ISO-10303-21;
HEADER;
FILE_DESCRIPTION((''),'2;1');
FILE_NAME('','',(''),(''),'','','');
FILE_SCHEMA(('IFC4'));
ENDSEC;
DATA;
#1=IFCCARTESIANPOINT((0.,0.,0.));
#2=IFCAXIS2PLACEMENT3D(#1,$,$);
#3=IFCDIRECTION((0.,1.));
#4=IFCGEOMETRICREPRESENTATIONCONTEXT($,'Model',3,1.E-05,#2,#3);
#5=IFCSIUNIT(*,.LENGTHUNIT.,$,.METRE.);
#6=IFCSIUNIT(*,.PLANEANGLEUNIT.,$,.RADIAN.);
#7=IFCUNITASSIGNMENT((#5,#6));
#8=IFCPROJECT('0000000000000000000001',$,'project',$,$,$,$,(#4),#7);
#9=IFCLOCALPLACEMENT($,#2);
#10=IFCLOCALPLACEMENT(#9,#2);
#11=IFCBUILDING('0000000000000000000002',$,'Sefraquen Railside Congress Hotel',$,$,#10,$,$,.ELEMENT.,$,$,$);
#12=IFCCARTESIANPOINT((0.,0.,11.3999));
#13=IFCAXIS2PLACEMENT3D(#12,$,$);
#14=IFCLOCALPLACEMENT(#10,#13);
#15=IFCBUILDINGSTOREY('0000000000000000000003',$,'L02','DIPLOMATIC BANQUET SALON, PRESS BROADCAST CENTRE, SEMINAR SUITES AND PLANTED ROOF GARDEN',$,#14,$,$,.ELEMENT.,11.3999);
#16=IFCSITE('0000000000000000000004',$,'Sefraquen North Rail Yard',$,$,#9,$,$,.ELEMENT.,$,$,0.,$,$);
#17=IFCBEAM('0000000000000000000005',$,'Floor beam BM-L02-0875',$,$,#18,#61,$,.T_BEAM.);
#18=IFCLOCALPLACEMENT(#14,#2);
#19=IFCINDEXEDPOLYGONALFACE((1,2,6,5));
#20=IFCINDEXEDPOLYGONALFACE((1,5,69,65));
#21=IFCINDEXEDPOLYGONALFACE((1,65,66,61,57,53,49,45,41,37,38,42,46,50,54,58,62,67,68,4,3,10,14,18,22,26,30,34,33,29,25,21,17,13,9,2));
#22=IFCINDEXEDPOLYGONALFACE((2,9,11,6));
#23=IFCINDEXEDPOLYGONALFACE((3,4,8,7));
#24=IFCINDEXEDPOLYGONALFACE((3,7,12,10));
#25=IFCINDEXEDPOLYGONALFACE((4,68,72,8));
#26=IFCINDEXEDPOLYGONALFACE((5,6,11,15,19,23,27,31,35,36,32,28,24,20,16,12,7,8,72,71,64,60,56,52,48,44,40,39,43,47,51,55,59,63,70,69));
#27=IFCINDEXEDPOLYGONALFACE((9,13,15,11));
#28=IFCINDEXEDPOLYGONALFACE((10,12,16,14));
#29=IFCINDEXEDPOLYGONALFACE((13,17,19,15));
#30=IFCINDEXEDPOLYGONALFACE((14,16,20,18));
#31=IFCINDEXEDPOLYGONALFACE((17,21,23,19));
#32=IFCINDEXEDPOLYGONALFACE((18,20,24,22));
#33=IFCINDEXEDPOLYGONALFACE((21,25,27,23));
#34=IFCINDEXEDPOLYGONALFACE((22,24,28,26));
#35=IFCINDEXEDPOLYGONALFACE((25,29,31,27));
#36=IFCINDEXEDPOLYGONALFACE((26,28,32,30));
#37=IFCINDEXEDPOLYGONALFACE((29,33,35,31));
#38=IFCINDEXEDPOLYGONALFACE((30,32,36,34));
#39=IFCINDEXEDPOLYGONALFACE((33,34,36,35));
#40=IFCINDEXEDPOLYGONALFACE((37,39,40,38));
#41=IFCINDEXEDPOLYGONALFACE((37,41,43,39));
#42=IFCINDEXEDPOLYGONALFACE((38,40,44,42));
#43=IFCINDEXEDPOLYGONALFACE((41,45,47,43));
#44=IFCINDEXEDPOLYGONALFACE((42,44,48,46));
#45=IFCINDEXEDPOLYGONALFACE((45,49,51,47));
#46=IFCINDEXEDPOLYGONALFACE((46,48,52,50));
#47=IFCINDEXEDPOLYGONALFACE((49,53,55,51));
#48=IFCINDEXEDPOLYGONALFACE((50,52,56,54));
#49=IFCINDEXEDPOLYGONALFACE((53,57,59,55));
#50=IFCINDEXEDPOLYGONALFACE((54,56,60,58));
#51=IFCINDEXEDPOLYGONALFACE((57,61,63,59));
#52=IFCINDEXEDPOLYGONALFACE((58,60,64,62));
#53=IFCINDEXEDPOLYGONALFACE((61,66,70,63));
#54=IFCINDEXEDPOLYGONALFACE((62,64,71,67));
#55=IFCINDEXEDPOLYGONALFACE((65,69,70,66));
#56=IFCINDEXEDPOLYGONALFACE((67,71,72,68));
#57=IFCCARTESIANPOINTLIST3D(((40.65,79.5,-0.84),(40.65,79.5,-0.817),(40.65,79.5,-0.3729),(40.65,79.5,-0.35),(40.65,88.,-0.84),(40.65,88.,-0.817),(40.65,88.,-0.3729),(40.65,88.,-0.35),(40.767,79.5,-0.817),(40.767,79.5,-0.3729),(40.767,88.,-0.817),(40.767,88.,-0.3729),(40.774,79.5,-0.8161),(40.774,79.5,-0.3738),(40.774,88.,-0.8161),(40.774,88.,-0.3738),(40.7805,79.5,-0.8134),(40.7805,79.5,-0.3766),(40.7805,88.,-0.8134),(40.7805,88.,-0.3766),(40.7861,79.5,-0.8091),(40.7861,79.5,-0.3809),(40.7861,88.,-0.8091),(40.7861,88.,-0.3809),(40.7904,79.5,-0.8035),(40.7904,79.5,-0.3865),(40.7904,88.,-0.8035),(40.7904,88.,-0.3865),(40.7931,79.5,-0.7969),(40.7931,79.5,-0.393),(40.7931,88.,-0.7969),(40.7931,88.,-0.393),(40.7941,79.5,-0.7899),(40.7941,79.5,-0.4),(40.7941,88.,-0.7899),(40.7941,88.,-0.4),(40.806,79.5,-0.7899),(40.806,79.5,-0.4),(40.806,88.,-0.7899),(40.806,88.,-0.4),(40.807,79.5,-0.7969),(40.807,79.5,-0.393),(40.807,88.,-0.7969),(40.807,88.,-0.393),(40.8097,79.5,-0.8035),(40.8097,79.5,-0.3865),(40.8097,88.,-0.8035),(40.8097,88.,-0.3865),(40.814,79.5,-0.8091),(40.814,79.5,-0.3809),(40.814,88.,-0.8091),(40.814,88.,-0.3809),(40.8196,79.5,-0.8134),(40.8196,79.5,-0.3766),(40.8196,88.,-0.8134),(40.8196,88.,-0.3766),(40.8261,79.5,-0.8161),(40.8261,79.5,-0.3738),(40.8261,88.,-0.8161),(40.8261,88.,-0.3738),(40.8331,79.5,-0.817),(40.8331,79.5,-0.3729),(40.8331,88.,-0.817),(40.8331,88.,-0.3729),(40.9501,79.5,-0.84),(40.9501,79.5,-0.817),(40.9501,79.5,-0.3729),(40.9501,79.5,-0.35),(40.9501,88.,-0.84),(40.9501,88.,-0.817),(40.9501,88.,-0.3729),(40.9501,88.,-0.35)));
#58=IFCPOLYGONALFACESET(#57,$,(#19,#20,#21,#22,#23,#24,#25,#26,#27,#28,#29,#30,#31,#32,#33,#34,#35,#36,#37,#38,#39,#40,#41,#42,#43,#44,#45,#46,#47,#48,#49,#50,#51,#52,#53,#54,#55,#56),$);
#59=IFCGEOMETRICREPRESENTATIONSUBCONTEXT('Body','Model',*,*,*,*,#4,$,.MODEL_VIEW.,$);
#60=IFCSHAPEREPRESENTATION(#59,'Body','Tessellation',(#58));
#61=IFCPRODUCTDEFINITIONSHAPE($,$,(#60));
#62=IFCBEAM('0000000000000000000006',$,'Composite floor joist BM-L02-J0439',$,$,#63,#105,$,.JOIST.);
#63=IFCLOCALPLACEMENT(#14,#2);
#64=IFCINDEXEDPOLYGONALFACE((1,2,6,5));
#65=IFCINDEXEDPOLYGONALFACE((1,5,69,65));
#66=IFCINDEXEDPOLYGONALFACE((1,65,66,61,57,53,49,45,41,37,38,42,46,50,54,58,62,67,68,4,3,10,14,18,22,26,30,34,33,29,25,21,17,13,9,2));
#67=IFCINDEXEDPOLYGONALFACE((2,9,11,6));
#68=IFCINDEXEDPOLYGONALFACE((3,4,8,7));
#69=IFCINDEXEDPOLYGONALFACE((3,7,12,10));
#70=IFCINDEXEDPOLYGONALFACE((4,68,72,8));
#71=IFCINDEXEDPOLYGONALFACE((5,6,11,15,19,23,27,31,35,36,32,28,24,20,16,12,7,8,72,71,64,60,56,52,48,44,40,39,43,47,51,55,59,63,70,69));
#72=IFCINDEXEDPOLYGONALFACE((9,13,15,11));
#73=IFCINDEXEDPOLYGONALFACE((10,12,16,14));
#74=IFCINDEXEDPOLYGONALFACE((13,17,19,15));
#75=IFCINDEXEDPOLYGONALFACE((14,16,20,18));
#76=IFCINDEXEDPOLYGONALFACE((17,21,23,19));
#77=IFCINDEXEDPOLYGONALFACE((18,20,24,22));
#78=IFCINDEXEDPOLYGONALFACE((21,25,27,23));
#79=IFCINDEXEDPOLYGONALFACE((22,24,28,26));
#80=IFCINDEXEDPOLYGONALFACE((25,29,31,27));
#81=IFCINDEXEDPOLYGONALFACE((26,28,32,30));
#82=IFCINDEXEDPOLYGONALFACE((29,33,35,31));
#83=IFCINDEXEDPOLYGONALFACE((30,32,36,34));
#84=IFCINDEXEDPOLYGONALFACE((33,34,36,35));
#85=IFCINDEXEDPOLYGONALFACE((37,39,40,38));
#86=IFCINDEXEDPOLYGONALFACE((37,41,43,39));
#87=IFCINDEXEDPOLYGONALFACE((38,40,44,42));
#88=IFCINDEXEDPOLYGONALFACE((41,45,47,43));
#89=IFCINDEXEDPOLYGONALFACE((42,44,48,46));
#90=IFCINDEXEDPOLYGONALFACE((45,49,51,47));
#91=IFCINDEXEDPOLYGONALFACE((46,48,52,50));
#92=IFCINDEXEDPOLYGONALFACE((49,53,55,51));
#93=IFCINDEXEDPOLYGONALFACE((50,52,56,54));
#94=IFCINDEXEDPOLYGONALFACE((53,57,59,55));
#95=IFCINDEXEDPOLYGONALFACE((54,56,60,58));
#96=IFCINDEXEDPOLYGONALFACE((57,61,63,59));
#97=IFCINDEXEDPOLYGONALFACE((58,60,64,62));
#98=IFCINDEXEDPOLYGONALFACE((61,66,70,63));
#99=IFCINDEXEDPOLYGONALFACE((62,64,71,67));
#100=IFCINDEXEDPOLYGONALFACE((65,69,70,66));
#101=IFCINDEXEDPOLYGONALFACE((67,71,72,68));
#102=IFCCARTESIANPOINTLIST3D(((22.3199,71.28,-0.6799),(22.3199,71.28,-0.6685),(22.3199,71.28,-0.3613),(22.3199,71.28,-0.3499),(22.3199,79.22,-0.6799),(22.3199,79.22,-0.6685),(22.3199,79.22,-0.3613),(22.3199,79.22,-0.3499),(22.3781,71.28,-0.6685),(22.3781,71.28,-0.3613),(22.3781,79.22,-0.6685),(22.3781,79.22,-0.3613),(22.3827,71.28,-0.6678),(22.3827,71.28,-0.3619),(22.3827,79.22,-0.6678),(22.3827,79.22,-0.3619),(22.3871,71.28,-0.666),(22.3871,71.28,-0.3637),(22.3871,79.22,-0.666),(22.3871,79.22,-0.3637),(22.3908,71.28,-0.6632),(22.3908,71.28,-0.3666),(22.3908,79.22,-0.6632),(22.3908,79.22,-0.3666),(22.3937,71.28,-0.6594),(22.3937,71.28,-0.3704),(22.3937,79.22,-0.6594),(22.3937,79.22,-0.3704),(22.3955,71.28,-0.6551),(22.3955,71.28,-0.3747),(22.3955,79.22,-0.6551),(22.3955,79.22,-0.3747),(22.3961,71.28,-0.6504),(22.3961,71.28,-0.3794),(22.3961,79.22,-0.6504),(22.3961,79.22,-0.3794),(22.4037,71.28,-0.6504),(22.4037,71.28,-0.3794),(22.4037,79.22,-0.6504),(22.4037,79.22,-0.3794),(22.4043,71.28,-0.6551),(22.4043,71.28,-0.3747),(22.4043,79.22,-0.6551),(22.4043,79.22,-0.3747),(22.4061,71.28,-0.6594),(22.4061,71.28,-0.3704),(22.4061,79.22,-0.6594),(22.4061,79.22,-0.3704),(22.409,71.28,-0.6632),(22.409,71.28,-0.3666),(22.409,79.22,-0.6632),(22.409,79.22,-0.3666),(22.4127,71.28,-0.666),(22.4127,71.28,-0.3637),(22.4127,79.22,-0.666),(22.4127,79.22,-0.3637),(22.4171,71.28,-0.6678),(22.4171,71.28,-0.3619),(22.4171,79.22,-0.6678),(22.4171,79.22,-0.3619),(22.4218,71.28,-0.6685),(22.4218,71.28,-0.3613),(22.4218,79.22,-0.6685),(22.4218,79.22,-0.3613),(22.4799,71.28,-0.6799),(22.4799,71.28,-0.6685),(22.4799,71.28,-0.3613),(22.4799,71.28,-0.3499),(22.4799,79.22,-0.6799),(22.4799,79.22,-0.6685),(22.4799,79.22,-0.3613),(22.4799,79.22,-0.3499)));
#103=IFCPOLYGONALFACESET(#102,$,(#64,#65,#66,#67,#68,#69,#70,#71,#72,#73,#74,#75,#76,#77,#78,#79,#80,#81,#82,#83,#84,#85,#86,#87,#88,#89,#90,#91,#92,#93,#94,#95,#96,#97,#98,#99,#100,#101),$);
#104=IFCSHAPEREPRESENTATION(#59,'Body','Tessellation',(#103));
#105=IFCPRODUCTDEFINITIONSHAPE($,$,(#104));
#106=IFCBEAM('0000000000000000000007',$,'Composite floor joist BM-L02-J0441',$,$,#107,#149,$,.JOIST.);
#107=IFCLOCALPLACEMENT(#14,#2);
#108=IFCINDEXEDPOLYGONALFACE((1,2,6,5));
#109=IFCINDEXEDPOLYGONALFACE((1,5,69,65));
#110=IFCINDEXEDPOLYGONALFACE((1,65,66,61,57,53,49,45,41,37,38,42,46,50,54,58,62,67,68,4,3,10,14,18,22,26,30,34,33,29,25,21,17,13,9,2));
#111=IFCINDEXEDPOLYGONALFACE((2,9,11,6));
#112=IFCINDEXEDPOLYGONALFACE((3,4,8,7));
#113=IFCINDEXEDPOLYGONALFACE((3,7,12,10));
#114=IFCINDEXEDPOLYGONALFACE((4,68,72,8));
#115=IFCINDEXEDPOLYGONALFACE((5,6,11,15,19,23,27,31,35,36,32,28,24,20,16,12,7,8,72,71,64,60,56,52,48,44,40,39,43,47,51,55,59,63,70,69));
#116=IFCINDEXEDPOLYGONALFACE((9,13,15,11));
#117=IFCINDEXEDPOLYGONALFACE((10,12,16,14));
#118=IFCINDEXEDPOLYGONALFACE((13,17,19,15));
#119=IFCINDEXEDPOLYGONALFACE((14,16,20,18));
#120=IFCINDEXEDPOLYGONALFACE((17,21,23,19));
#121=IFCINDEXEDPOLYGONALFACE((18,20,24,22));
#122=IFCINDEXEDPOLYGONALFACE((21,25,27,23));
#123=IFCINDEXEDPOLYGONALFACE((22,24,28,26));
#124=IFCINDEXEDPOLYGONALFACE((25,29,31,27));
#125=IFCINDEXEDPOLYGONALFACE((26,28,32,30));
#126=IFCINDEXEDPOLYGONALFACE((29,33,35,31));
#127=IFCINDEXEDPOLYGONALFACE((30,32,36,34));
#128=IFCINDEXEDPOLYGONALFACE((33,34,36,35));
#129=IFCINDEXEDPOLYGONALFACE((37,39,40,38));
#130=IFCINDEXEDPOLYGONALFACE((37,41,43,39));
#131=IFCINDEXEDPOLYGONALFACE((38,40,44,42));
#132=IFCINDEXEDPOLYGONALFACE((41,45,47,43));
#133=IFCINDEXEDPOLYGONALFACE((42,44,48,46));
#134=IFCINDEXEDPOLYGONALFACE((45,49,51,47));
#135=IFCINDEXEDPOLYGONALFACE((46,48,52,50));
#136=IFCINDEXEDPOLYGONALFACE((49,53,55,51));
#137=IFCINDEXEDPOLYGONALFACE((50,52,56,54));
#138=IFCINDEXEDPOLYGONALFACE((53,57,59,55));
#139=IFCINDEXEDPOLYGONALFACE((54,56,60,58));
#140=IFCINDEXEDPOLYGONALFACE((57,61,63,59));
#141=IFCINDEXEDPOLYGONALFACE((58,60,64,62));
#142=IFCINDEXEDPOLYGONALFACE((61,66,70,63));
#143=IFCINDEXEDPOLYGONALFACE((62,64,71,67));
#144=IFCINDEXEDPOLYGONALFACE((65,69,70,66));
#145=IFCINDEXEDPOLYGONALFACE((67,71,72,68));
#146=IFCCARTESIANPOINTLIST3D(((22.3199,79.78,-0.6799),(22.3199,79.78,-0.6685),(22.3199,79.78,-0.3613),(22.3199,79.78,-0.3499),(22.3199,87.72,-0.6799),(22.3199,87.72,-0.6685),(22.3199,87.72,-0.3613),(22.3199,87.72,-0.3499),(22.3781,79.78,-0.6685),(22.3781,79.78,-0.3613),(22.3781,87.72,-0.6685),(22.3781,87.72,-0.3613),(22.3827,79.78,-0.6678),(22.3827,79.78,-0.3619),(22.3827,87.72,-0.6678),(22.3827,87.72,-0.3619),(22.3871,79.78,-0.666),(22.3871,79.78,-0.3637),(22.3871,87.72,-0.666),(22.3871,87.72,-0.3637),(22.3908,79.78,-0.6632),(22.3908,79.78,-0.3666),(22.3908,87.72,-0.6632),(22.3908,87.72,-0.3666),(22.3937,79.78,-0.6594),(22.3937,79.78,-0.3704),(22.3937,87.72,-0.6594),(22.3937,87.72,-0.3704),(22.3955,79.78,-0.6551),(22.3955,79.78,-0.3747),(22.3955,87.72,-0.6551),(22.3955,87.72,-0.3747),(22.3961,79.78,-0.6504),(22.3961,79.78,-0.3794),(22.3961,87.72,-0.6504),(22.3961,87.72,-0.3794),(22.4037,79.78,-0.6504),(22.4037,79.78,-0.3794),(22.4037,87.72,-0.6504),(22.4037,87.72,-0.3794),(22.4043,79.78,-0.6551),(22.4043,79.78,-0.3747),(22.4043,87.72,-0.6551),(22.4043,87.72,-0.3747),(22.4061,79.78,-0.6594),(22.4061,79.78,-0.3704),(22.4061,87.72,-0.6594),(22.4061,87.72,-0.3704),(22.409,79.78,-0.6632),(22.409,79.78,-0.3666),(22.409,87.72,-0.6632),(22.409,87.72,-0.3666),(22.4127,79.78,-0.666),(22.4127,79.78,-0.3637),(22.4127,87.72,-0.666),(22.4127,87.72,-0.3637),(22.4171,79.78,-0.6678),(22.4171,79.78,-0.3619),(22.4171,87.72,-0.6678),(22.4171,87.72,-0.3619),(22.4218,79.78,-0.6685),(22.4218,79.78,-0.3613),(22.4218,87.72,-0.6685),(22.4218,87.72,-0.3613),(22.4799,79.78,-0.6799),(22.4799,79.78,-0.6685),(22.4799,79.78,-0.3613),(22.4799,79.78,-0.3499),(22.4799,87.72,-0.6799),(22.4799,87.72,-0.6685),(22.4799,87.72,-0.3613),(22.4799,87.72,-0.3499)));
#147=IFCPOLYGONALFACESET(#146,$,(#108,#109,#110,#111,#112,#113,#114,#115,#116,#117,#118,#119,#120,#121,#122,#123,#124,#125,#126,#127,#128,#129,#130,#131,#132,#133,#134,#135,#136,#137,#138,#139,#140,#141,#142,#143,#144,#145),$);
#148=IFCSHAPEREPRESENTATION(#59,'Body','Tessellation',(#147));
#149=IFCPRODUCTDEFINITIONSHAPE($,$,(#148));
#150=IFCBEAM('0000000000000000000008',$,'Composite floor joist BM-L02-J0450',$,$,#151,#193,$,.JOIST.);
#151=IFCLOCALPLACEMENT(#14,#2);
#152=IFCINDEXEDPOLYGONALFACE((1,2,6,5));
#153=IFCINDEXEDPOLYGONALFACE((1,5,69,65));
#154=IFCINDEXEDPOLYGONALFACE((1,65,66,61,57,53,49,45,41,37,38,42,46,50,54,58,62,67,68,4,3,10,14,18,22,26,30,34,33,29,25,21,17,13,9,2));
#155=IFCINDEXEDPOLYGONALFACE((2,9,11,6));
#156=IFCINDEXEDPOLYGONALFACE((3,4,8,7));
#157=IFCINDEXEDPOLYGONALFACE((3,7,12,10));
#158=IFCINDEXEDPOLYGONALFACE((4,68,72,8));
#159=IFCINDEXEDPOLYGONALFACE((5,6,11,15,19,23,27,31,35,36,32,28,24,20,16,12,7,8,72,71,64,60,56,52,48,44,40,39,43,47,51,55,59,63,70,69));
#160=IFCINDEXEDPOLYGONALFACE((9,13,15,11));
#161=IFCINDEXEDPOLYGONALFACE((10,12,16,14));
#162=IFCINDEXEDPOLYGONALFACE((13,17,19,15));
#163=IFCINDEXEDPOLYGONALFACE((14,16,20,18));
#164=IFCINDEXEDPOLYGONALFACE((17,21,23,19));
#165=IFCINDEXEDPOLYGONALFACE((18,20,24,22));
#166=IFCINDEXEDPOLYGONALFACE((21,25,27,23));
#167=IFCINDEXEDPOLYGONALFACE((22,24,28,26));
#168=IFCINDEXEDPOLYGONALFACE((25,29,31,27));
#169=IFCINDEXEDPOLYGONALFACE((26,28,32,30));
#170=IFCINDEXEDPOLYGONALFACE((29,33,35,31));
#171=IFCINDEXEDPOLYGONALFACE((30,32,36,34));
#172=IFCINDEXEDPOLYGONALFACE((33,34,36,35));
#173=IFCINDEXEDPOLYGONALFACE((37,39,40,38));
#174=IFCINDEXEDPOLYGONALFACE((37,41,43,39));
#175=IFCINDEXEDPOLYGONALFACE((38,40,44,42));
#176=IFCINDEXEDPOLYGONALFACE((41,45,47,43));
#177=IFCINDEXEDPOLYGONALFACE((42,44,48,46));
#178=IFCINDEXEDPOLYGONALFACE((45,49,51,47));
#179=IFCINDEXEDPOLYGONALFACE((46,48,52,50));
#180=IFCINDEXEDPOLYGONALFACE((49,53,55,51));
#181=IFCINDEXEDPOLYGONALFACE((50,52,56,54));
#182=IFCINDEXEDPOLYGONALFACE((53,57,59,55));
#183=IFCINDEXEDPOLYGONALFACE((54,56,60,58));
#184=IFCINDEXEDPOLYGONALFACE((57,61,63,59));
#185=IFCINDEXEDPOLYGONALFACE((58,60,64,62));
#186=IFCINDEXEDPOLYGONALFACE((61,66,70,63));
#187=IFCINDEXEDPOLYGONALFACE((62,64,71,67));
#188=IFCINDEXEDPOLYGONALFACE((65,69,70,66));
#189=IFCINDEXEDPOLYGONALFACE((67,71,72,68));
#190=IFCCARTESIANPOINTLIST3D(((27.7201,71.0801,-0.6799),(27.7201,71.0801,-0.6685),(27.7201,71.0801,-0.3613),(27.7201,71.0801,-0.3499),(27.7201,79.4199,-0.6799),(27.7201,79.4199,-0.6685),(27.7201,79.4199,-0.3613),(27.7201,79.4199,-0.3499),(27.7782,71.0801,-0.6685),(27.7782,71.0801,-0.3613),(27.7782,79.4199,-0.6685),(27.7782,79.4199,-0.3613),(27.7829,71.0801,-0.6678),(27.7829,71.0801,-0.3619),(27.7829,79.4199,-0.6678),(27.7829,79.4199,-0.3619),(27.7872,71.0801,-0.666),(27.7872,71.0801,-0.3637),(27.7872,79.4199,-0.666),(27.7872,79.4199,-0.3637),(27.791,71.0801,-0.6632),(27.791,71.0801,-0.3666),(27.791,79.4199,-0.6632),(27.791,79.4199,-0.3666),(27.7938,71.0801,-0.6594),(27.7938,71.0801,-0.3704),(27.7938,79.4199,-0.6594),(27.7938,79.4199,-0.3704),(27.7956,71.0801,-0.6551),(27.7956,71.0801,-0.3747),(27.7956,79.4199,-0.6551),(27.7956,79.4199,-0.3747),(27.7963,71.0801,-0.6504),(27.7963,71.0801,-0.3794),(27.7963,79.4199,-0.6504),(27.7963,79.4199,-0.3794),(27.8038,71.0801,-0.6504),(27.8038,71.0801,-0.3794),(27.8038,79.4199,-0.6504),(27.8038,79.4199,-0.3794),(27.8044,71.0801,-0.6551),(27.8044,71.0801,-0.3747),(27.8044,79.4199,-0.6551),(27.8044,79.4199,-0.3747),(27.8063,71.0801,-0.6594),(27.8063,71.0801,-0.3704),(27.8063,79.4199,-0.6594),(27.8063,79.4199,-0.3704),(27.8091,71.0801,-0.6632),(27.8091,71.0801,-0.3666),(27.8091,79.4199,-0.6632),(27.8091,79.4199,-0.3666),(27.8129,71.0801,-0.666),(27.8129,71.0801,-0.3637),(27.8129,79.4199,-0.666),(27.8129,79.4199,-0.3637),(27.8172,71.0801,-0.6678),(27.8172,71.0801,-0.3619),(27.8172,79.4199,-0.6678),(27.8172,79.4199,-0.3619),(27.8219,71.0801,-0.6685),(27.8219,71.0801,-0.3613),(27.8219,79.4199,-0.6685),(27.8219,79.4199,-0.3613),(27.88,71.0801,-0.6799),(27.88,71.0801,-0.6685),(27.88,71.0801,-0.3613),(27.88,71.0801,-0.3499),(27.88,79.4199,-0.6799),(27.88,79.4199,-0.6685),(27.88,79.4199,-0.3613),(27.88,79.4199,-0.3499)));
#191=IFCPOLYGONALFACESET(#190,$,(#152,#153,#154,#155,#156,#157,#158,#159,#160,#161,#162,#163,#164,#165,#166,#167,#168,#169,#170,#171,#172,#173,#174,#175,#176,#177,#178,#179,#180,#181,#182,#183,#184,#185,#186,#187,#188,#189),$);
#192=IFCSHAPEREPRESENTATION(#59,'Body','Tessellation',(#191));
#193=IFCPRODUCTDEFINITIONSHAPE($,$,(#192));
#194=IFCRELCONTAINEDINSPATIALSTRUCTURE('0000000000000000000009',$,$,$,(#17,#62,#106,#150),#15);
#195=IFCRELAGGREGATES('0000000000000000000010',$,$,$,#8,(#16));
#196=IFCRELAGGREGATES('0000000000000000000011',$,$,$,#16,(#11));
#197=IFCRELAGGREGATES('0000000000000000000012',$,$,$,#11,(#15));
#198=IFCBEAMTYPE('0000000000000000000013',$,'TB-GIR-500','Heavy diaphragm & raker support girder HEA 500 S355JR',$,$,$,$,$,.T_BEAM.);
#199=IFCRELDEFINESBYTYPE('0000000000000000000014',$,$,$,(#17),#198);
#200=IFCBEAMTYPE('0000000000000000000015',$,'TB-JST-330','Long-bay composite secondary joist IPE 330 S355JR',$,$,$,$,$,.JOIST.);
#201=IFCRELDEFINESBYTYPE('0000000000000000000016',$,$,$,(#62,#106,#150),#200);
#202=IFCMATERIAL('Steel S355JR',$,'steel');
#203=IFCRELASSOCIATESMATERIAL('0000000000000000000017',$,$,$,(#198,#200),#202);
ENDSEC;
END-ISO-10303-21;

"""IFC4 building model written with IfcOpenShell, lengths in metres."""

from ifc_helpers import new_model, si_unit, direction, frame, origin, origin_2d, place, context, subcontext, project, spatial, i_section, extrude, material, material_profile, profile_set, type_object, element, save


model = new_model("IFC4")

# Units and contexts
model_context = context("Model", 3, precision=1e-05, world=origin(), true_north=direction((0.0, 1.0)))
body_context = subcontext(model_context, "Body", "Model", "MODEL_VIEW")
ifc_project = project(units=[si_unit("LENGTHUNIT", "METRE"), si_unit("PLANEANGLEUNIT", "RADIAN")], contexts=[model_context])

# Site, building, storey
site_placement = place(None, origin())
site = spatial("IfcSite", under=ifc_project, at=site_placement, Name="Sefraquen North Rail Yard", CompositionType="ELEMENT", RefElevation=0.0)
building_placement = place(site_placement, origin())
building = spatial("IfcBuilding", under=site, at=building_placement, Name="Sefraquen Railside Congress Hotel", CompositionType="ELEMENT")
storey_placement = place(building_placement, frame((0.0, 0.0, 11.3999)))
storey = spatial("IfcBuildingStorey", under=building, at=storey_placement, Name="L02", Description="DIPLOMATIC BANQUET SALON, PRESS BROADCAST CENTRE, SEMINAR SUITES AND PLANTED ROOF GARDEN", CompositionType="ELEMENT", Elevation=11.3999)

# Shared definitions
ifc_material_1 = material(Name="Steel S355JR", Category="steel")

# Beams
ifc_material_profile_1 = material_profile(ifc_material_1, i_section(OverallWidth=0.3, OverallDepth=0.49, WebThickness=0.012, FlangeThickness=0.0229, FilletRadius=0.0271, at=origin_2d()), Name="HEA 500")
ifc_profile_set_1 = profile_set([ifc_material_profile_1], Name="Steel S355JR")
beam_type_1 = type_object("IfcBeamType", Name="TB-GIR-500", Description="Heavy diaphragm & raker support girder HEA 500 S355JR", PredefinedType="T_BEAM", material=ifc_profile_set_1)
for number, where, z_axis, x_axis, name in (
    (1, (40.8, 79.5, -0.595), (0.0, 1.0, 0.0), (-1.0, 0.0, 0.0), "Floor beam BM-L02-0875"),
):
    element("IfcBeam", number, at=place(storey_placement, frame(where, z_axis=z_axis, x_axis=x_axis)), inside=storey, type_object=beam_type_1, Name=name, PredefinedType="T_BEAM", context=body_context, shape_type="SweptSolid", body=[
        extrude(i_section(OverallWidth=0.3, OverallDepth=0.49, WebThickness=0.012, FlangeThickness=0.0229, FilletRadius=0.0271, at=origin_2d()), origin(), (0.0, 0.0, 1.0), 8.5),
    ])
ifc_material_profile_2 = material_profile(ifc_material_1, i_section(OverallWidth=0.1599, OverallDepth=0.3301, WebThickness=0.0076, FlangeThickness=0.0115, FilletRadius=0.0181, at=origin_2d()), Name="IPE 330")
ifc_profile_set_2 = profile_set([ifc_material_profile_2], Name="Steel S355JR")
beam_type_2 = type_object("IfcBeamType", Name="TB-JST-330", Description="Long-bay composite secondary joist IPE 330 S355JR", PredefinedType="JOIST", material=ifc_profile_set_2)
for number, where, z_axis, x_axis, name in (
    (2, (22.3999, 71.28, -0.5149), (0.0, 1.0, 0.0), (-1.0, 0.0, 0.0), "Composite floor joist BM-L02-J0439"),
    (3, (22.3999, 79.78, -0.5149), (0.0, 1.0, 0.0), (-1.0, 0.0, 0.0), "Composite floor joist BM-L02-J0441"),
):
    element("IfcBeam", number, at=place(storey_placement, frame(where, z_axis=z_axis, x_axis=x_axis)), inside=storey, type_object=beam_type_2, Name=name, PredefinedType="JOIST", context=body_context, shape_type="SweptSolid", body=[
        extrude(i_section(OverallWidth=0.1599, OverallDepth=0.3301, WebThickness=0.0076, FlangeThickness=0.0115, FilletRadius=0.0181, at=origin_2d()), origin(), (0.0, 0.0, 1.0), 7.9399),
    ])
for number, where, z_axis, x_axis, name in (
    (4, (27.8, 71.0801, -0.5149), (0.0, 1.0, 0.0), (-1.0, 0.0, 0.0), "Composite floor joist BM-L02-J0450"),
):
    element("IfcBeam", number, at=place(storey_placement, frame(where, z_axis=z_axis, x_axis=x_axis)), inside=storey, type_object=beam_type_2, Name=name, PredefinedType="JOIST", context=body_context, shape_type="SweptSolid", body=[
        extrude(i_section(OverallWidth=0.1599, OverallDepth=0.3301, WebThickness=0.0076, FlangeThickness=0.0115, FilletRadius=0.0181, at=origin_2d()), origin(), (0.0, 0.0, 1.0), 8.3398),
    ])

save(model, "model.ifc")
